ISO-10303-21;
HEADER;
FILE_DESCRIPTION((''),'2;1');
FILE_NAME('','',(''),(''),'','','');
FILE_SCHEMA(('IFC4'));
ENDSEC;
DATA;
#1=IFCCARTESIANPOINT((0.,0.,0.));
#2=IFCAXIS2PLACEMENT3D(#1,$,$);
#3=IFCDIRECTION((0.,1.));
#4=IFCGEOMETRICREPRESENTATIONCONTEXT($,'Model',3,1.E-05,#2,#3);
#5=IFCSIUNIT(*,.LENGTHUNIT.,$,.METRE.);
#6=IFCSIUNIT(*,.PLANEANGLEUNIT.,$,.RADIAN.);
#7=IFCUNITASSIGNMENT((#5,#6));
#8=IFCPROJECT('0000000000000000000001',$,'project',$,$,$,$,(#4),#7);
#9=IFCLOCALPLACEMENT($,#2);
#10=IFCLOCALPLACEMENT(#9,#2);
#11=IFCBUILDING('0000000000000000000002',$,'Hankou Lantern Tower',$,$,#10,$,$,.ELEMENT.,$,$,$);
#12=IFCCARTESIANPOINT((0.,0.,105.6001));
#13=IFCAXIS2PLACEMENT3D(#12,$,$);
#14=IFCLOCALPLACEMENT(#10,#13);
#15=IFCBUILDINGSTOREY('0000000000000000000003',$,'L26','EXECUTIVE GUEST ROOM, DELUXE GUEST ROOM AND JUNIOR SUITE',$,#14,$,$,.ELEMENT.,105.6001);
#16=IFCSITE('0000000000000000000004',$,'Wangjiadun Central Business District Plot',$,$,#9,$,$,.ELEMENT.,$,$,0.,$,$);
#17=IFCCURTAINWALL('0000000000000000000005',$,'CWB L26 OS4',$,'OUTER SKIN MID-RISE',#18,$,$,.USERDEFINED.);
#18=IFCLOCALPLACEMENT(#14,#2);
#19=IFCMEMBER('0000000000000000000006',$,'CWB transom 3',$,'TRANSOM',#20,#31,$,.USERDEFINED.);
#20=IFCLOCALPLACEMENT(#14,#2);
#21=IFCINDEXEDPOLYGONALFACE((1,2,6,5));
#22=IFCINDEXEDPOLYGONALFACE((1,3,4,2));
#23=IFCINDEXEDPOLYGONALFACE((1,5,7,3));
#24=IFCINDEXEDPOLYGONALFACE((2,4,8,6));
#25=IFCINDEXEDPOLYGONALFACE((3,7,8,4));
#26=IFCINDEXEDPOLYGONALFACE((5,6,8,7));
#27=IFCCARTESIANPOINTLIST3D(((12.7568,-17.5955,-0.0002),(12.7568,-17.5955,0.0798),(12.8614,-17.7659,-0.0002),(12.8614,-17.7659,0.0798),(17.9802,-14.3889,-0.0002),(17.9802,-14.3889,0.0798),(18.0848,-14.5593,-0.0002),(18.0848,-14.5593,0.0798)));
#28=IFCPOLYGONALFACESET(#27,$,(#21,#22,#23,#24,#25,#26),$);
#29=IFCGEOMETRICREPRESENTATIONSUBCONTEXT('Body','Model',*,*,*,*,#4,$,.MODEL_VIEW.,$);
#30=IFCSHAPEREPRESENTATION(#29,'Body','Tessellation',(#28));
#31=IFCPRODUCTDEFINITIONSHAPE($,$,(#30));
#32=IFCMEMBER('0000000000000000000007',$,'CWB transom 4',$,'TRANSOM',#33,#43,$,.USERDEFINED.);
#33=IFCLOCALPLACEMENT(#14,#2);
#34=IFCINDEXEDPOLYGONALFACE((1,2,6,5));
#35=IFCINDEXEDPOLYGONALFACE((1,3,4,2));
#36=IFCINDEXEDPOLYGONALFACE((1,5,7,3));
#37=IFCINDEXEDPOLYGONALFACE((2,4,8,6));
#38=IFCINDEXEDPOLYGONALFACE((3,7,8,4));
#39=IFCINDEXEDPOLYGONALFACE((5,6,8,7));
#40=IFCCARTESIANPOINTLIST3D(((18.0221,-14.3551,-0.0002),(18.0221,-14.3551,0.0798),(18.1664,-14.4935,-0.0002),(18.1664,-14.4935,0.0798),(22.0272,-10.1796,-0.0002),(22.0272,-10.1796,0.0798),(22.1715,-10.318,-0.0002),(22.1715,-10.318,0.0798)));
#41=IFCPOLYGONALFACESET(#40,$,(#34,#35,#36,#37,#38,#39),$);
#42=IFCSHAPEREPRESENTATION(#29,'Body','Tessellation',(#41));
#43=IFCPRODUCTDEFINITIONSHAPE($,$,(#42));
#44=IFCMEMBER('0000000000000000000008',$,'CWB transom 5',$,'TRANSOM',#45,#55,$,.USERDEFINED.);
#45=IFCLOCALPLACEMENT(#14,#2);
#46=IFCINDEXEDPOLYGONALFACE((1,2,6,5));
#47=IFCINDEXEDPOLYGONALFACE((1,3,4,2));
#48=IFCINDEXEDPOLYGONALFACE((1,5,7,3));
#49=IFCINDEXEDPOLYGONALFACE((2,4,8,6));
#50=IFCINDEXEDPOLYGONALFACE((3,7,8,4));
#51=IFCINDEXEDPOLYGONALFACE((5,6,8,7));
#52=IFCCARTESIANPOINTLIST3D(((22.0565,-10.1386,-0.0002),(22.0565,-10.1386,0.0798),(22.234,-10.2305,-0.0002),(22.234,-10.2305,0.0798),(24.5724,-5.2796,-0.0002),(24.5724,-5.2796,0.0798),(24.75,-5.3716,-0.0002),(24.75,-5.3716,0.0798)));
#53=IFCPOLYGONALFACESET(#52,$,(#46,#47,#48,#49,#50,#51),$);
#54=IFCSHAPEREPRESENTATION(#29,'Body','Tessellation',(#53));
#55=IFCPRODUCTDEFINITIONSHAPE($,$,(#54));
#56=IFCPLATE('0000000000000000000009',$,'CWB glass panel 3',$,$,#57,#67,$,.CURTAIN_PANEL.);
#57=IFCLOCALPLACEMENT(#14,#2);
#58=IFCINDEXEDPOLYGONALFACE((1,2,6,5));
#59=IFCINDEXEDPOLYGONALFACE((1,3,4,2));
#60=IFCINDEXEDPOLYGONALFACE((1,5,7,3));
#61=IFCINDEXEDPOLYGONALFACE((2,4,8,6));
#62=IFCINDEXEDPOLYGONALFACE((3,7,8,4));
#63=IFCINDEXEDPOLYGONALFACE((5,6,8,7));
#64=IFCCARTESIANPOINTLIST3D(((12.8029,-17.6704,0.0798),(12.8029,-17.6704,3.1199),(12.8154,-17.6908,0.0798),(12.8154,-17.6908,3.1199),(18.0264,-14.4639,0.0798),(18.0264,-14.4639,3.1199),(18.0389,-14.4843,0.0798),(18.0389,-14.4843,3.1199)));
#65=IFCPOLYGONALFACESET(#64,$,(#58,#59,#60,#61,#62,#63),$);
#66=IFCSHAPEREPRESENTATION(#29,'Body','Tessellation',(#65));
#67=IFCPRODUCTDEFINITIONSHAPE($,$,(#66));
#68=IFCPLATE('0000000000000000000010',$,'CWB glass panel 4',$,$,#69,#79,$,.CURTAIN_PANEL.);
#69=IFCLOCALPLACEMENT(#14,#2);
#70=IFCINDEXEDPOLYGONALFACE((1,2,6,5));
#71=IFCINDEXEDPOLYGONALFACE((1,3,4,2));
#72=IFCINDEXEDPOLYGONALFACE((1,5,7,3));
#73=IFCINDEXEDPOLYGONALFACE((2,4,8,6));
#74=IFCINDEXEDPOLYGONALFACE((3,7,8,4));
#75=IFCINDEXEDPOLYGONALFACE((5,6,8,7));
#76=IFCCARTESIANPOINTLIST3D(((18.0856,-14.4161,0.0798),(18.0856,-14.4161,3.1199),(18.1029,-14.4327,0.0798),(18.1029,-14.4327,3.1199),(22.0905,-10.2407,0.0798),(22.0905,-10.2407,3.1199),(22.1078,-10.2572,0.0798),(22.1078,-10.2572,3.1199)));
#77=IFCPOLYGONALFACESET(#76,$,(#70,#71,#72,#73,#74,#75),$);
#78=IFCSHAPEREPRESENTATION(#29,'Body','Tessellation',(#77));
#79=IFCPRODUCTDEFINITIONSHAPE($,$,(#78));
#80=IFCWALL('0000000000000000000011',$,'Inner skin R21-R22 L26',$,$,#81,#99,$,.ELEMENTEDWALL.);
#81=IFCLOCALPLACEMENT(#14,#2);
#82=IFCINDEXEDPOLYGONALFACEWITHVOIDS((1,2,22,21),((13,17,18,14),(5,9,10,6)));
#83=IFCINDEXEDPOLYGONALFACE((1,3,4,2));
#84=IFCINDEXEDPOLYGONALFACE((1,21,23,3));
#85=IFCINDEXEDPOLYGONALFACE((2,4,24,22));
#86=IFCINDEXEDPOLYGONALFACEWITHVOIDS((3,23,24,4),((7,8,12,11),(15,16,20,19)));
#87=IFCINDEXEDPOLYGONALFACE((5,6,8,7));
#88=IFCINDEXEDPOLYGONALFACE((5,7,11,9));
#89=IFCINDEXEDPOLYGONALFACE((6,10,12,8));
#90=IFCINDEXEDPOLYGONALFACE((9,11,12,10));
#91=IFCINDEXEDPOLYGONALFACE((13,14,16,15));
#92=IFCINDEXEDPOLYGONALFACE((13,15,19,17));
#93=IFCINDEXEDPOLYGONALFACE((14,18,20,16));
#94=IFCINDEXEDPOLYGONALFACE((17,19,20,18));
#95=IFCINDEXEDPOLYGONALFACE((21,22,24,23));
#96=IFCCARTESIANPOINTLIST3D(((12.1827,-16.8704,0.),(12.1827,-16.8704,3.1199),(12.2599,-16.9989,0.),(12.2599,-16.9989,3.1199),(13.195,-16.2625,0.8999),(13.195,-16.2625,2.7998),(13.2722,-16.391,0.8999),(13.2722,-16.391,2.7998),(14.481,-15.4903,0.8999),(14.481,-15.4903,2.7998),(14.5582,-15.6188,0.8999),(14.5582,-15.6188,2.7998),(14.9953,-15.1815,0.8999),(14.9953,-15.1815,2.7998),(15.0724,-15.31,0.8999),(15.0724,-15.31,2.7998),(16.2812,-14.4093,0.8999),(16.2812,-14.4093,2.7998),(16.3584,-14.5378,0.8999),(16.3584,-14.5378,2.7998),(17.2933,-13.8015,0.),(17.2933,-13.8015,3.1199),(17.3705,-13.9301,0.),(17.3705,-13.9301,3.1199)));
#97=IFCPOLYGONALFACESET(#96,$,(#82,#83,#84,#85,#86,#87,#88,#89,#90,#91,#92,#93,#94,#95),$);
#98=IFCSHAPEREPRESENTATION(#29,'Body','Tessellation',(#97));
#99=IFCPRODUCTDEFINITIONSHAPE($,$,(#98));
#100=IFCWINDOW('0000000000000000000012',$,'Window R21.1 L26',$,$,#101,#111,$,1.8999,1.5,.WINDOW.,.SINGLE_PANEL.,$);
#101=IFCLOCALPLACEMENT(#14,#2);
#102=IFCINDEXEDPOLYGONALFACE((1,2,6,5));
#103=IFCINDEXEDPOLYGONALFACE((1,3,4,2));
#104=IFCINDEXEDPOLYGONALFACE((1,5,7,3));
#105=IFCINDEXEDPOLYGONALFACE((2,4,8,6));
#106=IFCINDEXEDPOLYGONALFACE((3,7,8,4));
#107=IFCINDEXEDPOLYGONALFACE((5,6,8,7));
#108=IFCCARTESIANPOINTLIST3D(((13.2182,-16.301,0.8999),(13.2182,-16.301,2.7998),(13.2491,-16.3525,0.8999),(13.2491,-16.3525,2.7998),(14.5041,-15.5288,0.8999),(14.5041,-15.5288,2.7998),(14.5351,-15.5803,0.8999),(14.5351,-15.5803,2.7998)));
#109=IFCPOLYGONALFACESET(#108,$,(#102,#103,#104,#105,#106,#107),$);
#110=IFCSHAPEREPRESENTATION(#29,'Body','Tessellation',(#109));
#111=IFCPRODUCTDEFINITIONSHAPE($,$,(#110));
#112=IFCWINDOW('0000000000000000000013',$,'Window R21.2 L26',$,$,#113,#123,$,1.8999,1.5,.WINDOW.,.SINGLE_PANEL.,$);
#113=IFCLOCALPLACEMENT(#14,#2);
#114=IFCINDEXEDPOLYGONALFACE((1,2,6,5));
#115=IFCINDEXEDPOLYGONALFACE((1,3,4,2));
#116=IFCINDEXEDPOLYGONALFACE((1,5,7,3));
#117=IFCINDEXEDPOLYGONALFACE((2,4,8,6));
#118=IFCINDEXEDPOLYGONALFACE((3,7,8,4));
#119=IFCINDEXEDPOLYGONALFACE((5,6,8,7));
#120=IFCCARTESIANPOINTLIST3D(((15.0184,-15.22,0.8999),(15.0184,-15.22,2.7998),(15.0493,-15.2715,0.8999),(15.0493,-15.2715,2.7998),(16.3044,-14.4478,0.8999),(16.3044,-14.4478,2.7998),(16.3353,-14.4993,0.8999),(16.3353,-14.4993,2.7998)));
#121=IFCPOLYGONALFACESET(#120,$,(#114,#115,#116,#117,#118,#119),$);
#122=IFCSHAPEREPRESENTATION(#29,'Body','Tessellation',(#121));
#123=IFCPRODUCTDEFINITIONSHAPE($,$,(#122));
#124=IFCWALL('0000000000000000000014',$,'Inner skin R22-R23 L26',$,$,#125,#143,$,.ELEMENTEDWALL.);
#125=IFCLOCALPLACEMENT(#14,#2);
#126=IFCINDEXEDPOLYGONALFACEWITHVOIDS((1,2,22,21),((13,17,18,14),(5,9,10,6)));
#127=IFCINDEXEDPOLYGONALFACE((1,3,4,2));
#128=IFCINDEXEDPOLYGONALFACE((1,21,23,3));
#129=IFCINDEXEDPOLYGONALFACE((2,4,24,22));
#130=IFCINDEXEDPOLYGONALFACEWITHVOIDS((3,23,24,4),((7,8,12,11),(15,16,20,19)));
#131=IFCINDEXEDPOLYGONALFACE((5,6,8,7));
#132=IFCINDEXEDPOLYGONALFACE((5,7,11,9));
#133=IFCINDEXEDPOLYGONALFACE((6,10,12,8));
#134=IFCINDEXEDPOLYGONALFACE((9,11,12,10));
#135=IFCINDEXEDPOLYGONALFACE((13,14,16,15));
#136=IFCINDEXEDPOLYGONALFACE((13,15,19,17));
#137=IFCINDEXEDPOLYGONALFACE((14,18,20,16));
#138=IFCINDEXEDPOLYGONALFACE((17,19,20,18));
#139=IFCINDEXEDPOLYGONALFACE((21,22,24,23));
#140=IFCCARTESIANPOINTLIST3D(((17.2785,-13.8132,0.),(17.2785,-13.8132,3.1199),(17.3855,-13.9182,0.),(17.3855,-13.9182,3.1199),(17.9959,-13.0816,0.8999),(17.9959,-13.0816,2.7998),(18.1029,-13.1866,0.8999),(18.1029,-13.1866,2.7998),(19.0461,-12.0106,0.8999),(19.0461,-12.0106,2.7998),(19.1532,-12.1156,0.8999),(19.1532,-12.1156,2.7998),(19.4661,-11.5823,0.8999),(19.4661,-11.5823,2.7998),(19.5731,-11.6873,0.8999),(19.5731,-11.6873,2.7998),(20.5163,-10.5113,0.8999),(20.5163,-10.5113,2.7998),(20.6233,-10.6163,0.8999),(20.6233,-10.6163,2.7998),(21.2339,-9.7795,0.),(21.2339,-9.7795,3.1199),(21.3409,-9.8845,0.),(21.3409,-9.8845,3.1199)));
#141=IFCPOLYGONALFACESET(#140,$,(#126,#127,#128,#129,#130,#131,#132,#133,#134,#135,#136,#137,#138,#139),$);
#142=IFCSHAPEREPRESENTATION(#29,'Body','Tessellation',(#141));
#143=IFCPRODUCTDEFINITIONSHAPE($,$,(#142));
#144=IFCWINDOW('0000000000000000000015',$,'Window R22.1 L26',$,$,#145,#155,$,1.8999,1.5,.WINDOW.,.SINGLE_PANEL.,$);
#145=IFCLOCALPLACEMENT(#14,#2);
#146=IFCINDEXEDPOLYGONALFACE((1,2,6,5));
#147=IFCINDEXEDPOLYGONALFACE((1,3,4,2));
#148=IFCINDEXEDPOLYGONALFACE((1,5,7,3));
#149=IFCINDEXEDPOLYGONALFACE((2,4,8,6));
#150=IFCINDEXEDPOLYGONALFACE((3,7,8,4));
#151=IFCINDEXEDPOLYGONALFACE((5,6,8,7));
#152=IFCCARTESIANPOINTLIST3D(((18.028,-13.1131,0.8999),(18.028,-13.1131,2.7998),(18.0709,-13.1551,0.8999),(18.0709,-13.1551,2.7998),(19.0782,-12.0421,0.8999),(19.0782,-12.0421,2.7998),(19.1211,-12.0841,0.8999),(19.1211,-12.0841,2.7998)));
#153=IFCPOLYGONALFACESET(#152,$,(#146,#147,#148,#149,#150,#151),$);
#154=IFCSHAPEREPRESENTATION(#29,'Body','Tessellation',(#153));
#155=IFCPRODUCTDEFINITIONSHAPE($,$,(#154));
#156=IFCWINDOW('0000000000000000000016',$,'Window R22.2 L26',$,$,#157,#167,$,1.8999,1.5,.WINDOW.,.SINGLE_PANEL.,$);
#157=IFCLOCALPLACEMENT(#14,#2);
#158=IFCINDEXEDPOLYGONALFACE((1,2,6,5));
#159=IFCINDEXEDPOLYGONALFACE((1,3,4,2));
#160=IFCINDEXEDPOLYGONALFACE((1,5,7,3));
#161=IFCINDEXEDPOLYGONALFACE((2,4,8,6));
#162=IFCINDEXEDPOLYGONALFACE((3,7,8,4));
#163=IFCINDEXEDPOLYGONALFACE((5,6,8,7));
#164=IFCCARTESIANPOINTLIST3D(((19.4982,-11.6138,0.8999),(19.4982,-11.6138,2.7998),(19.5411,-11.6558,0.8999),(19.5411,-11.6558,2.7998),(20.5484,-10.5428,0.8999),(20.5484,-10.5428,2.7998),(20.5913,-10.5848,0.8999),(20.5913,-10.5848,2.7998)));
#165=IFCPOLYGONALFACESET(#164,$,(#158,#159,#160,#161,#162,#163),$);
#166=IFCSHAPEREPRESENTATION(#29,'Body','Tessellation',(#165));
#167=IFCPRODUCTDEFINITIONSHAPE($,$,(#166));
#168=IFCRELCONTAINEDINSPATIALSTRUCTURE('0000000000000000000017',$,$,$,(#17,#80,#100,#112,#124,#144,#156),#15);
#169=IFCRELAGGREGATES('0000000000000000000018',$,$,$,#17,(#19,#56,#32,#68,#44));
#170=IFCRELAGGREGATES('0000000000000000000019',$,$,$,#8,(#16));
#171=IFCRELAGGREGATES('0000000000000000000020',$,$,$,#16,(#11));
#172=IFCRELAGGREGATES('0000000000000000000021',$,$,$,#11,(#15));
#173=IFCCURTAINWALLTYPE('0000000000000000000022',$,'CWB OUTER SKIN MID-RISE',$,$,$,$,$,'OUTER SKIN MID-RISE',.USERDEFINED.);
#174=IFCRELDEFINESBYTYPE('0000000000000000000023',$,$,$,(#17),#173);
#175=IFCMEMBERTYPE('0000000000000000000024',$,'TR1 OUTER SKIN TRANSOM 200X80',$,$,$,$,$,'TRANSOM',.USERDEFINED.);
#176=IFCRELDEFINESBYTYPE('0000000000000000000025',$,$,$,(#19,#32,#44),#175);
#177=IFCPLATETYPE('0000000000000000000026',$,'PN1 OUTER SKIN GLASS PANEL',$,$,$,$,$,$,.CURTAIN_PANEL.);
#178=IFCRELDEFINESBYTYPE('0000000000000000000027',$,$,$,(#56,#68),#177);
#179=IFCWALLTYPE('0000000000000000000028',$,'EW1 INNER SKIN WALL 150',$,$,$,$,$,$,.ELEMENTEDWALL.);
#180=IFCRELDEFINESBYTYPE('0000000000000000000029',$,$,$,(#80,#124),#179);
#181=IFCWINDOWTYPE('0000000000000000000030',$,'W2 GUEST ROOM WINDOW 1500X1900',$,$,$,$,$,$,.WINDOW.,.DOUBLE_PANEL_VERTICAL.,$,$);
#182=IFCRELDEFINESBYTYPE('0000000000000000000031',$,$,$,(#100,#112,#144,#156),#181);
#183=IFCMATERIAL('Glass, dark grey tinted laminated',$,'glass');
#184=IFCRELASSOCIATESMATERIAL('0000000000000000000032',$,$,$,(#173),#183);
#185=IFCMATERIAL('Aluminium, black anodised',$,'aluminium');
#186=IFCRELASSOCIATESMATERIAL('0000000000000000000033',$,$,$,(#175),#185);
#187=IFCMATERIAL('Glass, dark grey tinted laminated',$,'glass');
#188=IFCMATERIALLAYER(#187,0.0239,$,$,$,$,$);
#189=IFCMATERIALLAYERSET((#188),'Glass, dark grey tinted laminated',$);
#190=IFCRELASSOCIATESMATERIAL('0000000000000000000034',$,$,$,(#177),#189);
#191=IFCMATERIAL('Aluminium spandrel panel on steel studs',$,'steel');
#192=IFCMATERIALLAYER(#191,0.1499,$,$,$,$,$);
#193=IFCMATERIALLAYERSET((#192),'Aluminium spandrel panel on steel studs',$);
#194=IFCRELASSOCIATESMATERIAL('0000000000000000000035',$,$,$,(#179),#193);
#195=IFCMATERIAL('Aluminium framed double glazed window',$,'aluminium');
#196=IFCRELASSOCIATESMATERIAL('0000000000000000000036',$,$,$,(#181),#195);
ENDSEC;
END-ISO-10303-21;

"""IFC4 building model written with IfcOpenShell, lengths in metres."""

from ifc_helpers import new_model, si_unit, direction, frame, frame_2d, origin, origin_2d, place, context, subcontext, project, spatial, rectangle, extrude, material, layer, layer_set, material_profile, profile_set, type_object, element, fill, aggregate, save


model = new_model("IFC4")

# Units and contexts
model_context = context("Model", 3, precision=1e-05, world=origin(), true_north=direction((0.0, 1.0)))
body_context = subcontext(model_context, "Body", "Model", "MODEL_VIEW")
ifc_project = project(units=[si_unit("LENGTHUNIT", "METRE"), si_unit("PLANEANGLEUNIT", "RADIAN")], contexts=[model_context])

# Site, building, storey
site_placement = place(None, origin())
site = spatial("IfcSite", under=ifc_project, at=site_placement, Name="Wangjiadun Central Business District Plot", CompositionType="ELEMENT", RefElevation=0.0)
building_placement = place(site_placement, origin())
building = spatial("IfcBuilding", under=site, at=building_placement, Name="Hankou Lantern Tower", CompositionType="ELEMENT")
storey_placement = place(building_placement, frame((0.0, 0.0, 105.6001)))
storey = spatial("IfcBuildingStorey", under=building, at=storey_placement, Name="L26", Description="EXECUTIVE GUEST ROOM, DELUXE GUEST ROOM AND JUNIOR SUITE", CompositionType="ELEMENT", Elevation=105.6001)

# Curtain wall
ifc_material_1 = material(Name="Glass, dark grey tinted laminated", Category="glass")
curtain_wall_type = type_object("IfcCurtainWallType", Name="CWB OUTER SKIN MID-RISE", ElementType="OUTER SKIN MID-RISE", PredefinedType="USERDEFINED", material=ifc_material_1)
curtain_wall_placement = place(storey_placement, origin())
curtain_wall = element("IfcCurtainWall", 1, at=curtain_wall_placement, inside=storey, type_object=curtain_wall_type, Name="CWB L26 OS4", ObjectType="OUTER SKIN MID-RISE", PredefinedType="USERDEFINED")

# Members
ifc_material_2 = material(Name="Aluminium, black anodised", Category="aluminium")
ifc_material_profile_1 = material_profile(ifc_material_2, rectangle(XDim=0.2, YDim=0.0801, at=origin_2d()), Name="TR1 200X80")
ifc_profile_set_1 = profile_set([ifc_material_profile_1], Name="Aluminium, black anodised")
member_type_1 = type_object("IfcMemberType", Name="TR1 OUTER SKIN TRANSOM 200X80", ElementType="TRANSOM", PredefinedType="USERDEFINED", material=ifc_profile_set_1)
member_1_placement = place(storey_placement, frame((12.8091, -17.6807, 0.0398), z_axis=(0.852229, 0.523168, 0.0), x_axis=(-0.523168, 0.852229, 0.0)))
member_1 = element("IfcMember", 2, at=member_1_placement, type_object=member_type_1, Name="CWB transom 3", ObjectType="TRANSOM", PredefinedType="USERDEFINED", context=body_context, shape_type="SweptSolid", body=[
    extrude(rectangle(XDim=0.2, YDim=0.0801, at=origin_2d()), origin(), (0.0, 0.0, 1.0), 6.1292),
])
member_2_placement = place(storey_placement, frame((18.0942, -14.4243, 0.0398), z_axis=(0.692227, 0.72168, 0.0), x_axis=(-0.72168, 0.692227, 0.0)))
member_2 = element("IfcMember", 3, at=member_2_placement, type_object=member_type_1, Name="CWB transom 4", ObjectType="TRANSOM", PredefinedType="USERDEFINED", context=body_context, shape_type="SweptSolid", body=[
    extrude(rectangle(XDim=0.2, YDim=0.0801, at=origin_2d()), origin(), (0.0, 0.0, 1.0), 5.7859),
])
member_3_placement = place(storey_placement, frame((22.1453, -10.1846, 0.0398), z_axis=(0.459805, 0.88802, 0.0), x_axis=(-0.88802, 0.459805, 0.0)))
member_3 = element("IfcMember", 4, at=member_3_placement, type_object=member_type_1, Name="CWB transom 5", ObjectType="TRANSOM", PredefinedType="USERDEFINED", context=body_context, shape_type="SweptSolid", body=[
    extrude(rectangle(XDim=0.2, YDim=0.0801, at=origin_2d()), origin(), (0.0, 0.0, 1.0), 5.4717),
])

# Plates
ifc_material_3 = material(Name="Glass, dark grey tinted laminated", Category="glass")
ifc_layer_1 = layer(ifc_material_3, 0.0239)
ifc_layer_set_1 = layer_set([ifc_layer_1], Name="Glass, dark grey tinted laminated")
plate_type = type_object("IfcPlateType", Name="PN1 OUTER SKIN GLASS PANEL", PredefinedType="CURTAIN_PANEL", material=ifc_layer_set_1)
plate_1_placement = place(storey_placement, frame((15.4209, -16.0774, 0.0798), z_axis=(0.0, 0.0, 1.0), x_axis=(0.852237, 0.523156, 0.0)))
plate_1 = element("IfcPlate", 5, at=plate_1_placement, type_object=plate_type, Name="CWB glass panel 3", PredefinedType="CURTAIN_PANEL", context=body_context, shape_type="SweptSolid", body=[
    extrude(rectangle(XDim=6.1292, YDim=0.0239, at=origin_2d()), origin(), (0.0, 0.0, 1.0), 3.04),
])
plate_2_placement = place(storey_placement, frame((20.0967, -12.3367, 0.0798), z_axis=(0.0, 0.0, 1.0), x_axis=(0.692216, 0.721691, 0.0)))
plate_2 = element("IfcPlate", 6, at=plate_2_placement, type_object=plate_type, Name="CWB glass panel 4", PredefinedType="CURTAIN_PANEL", context=body_context, shape_type="SweptSolid", body=[
    extrude(rectangle(XDim=5.7856, YDim=0.0239, at=origin_2d()), origin(), (0.0, 0.0, 1.0), 3.04),
])
aggregate(curtain_wall, [member_1, plate_1, member_2, plate_2, member_3])

# Walls, openings, windows
ifc_material_4 = material(Name="Aluminium spandrel panel on steel studs", Category="steel")
ifc_layer_2 = layer(ifc_material_4, 0.1499)
ifc_layer_set_2 = layer_set([ifc_layer_2], Name="Aluminium spandrel panel on steel studs")
wall_type_1 = type_object("IfcWallType", Name="EW1 INNER SKIN WALL 150", PredefinedType="ELEMENTEDWALL", material=ifc_layer_set_2)
wall_1_placement = place(storey_placement, frame((12.2214, -16.9346, 0.0), z_axis=(0.0, 0.0, 1.0), x_axis=(0.857309, 0.514803, 0.0)))
wall_1 = element("IfcWall", 7, at=wall_1_placement, inside=storey, type_object=wall_type_1, Name="Inner skin R21-R22 L26", PredefinedType="ELEMENTEDWALL", context=body_context, shape_type="SweptSolid", body=[
    extrude(rectangle(XDim=5.9612, YDim=0.1499, at=frame_2d((2.9805, 0.0))), origin(), (0.0, 0.0, 1.0), 3.1199),
])
opening_1_placement = place(wall_1_placement, frame((1.1807, 0.0, 0.8999)))
opening_1 = element("IfcOpeningElement", 8, at=opening_1_placement, cuts=wall_1, PredefinedType="OPENING", context=body_context, shape_type="SweptSolid", body=[
    extrude(rectangle(XDim=1.5, YDim=1.8999, at=frame_2d((0.75, 0.95))), frame((0.0, 0.085, 0.0), z_axis=(0.0, -1.0, 0.0), x_axis=(1.0, 0.0, 0.0)), (0.0, 0.0, 1.0), 0.1699),
])
opening_2_placement = place(wall_1_placement, frame((3.2805, 0.0, 0.8999)))
opening_2 = element("IfcOpeningElement", 9, at=opening_2_placement, cuts=wall_1, PredefinedType="OPENING", context=body_context, shape_type="SweptSolid", body=[
    extrude(rectangle(XDim=1.5, YDim=1.8999, at=frame_2d((0.75, 0.95))), frame((0.0, 0.085, 0.0), z_axis=(0.0, -1.0, 0.0), x_axis=(1.0, 0.0, 0.0)), (0.0, 0.0, 1.0), 0.1699),
])
ifc_material_5 = material(Name="Aluminium framed double glazed window", Category="aluminium")
window_type = type_object("IfcWindowType", Name="W2 GUEST ROOM WINDOW 1500X1900", PartitioningType="DOUBLE_PANEL_VERTICAL", PredefinedType="WINDOW", material=ifc_material_5)
window_1_placement = place(opening_1_placement, origin())
window_1 = element("IfcWindow", 10, at=window_1_placement, inside=storey, type_object=window_type, Name="Window R21.1 L26", OverallHeight=1.8999, OverallWidth=1.5, PartitioningType="SINGLE_PANEL", PredefinedType="WINDOW", context=body_context, shape_type="SweptSolid", body=[
    extrude(rectangle(XDim=1.5, YDim=1.8999, at=frame_2d((0.75, 0.95))), frame((0.0, 0.03, 0.0), z_axis=(0.0, -1.0, 0.0), x_axis=(1.0, 0.0, 0.0)), (0.0, 0.0, 1.0), 0.0601),
])
fill(opening_1, window_1)
window_2_placement = place(opening_2_placement, origin())
window_2 = element("IfcWindow", 11, at=window_2_placement, inside=storey, type_object=window_type, Name="Window R21.2 L26", OverallHeight=1.8999, OverallWidth=1.5, PartitioningType="SINGLE_PANEL", PredefinedType="WINDOW", context=body_context, shape_type="SweptSolid", body=[
    extrude(rectangle(XDim=1.5, YDim=1.8999, at=frame_2d((0.75, 0.95))), frame((0.0, 0.03, 0.0), z_axis=(0.0, -1.0, 0.0), x_axis=(1.0, 0.0, 0.0)), (0.0, 0.0, 1.0), 0.0601),
])
fill(opening_2, window_2)
wall_2_placement = place(storey_placement, frame((17.332, -13.8657, 0.0), z_axis=(0.0, 0.0, 1.0), x_axis=(0.700137, 0.714009, 0.0)))
wall_2 = element("IfcWall", 12, at=wall_2_placement, inside=storey, type_object=wall_type_1, Name="Inner skin R22-R23 L26", PredefinedType="ELEMENTEDWALL", context=body_context, shape_type="SweptSolid", body=[
    extrude(rectangle(XDim=5.6494, YDim=0.1499, at=frame_2d((2.8247, 0.0))), origin(), (0.0, 0.0, 1.0), 3.1199),
])
opening_3_placement = place(wall_2_placement, frame((1.0247, 0.0, 0.8999)))
opening_3 = element("IfcOpeningElement", 13, at=opening_3_placement, cuts=wall_2, PredefinedType="OPENING", context=body_context, shape_type="SweptSolid", body=[
    extrude(rectangle(XDim=1.5, YDim=1.8999, at=frame_2d((0.75, 0.95))), frame((0.0, 0.085, 0.0), z_axis=(0.0, -1.0, 0.0), x_axis=(1.0, 0.0, 0.0)), (0.0, 0.0, 1.0), 0.1699),
])
opening_4_placement = place(wall_2_placement, frame((3.1245, 0.0, 0.8999)))
opening_4 = element("IfcOpeningElement", 14, at=opening_4_placement, cuts=wall_2, PredefinedType="OPENING", context=body_context, shape_type="SweptSolid", body=[
    extrude(rectangle(XDim=1.5, YDim=1.8999, at=frame_2d((0.75, 0.95))), frame((0.0, 0.085, 0.0), z_axis=(0.0, -1.0, 0.0), x_axis=(1.0, 0.0, 0.0)), (0.0, 0.0, 1.0), 0.1699),
])
window_3_placement = place(opening_3_placement, origin())
window_3 = element("IfcWindow", 15, at=window_3_placement, inside=storey, type_object=window_type, Name="Window R22.1 L26", OverallHeight=1.8999, OverallWidth=1.5, PartitioningType="SINGLE_PANEL", PredefinedType="WINDOW", context=body_context, shape_type="SweptSolid", body=[
    extrude(rectangle(XDim=1.5, YDim=1.8999, at=frame_2d((0.75, 0.95))), frame((0.0, 0.03, 0.0), z_axis=(0.0, -1.0, 0.0), x_axis=(1.0, 0.0, 0.0)), (0.0, 0.0, 1.0), 0.0601),
])
fill(opening_3, window_3)
window_4_placement = place(opening_4_placement, origin())
window_4 = element("IfcWindow", 16, at=window_4_placement, inside=storey, type_object=window_type, Name="Window R22.2 L26", OverallHeight=1.8999, OverallWidth=1.5, PartitioningType="SINGLE_PANEL", PredefinedType="WINDOW", context=body_context, shape_type="SweptSolid", body=[
    extrude(rectangle(XDim=1.5, YDim=1.8999, at=frame_2d((0.75, 0.95))), frame((0.0, 0.03, 0.0), z_axis=(0.0, -1.0, 0.0), x_axis=(1.0, 0.0, 0.0)), (0.0, 0.0, 1.0), 0.0601),
])
fill(opening_4, window_4)

save(model, "model.ifc")
